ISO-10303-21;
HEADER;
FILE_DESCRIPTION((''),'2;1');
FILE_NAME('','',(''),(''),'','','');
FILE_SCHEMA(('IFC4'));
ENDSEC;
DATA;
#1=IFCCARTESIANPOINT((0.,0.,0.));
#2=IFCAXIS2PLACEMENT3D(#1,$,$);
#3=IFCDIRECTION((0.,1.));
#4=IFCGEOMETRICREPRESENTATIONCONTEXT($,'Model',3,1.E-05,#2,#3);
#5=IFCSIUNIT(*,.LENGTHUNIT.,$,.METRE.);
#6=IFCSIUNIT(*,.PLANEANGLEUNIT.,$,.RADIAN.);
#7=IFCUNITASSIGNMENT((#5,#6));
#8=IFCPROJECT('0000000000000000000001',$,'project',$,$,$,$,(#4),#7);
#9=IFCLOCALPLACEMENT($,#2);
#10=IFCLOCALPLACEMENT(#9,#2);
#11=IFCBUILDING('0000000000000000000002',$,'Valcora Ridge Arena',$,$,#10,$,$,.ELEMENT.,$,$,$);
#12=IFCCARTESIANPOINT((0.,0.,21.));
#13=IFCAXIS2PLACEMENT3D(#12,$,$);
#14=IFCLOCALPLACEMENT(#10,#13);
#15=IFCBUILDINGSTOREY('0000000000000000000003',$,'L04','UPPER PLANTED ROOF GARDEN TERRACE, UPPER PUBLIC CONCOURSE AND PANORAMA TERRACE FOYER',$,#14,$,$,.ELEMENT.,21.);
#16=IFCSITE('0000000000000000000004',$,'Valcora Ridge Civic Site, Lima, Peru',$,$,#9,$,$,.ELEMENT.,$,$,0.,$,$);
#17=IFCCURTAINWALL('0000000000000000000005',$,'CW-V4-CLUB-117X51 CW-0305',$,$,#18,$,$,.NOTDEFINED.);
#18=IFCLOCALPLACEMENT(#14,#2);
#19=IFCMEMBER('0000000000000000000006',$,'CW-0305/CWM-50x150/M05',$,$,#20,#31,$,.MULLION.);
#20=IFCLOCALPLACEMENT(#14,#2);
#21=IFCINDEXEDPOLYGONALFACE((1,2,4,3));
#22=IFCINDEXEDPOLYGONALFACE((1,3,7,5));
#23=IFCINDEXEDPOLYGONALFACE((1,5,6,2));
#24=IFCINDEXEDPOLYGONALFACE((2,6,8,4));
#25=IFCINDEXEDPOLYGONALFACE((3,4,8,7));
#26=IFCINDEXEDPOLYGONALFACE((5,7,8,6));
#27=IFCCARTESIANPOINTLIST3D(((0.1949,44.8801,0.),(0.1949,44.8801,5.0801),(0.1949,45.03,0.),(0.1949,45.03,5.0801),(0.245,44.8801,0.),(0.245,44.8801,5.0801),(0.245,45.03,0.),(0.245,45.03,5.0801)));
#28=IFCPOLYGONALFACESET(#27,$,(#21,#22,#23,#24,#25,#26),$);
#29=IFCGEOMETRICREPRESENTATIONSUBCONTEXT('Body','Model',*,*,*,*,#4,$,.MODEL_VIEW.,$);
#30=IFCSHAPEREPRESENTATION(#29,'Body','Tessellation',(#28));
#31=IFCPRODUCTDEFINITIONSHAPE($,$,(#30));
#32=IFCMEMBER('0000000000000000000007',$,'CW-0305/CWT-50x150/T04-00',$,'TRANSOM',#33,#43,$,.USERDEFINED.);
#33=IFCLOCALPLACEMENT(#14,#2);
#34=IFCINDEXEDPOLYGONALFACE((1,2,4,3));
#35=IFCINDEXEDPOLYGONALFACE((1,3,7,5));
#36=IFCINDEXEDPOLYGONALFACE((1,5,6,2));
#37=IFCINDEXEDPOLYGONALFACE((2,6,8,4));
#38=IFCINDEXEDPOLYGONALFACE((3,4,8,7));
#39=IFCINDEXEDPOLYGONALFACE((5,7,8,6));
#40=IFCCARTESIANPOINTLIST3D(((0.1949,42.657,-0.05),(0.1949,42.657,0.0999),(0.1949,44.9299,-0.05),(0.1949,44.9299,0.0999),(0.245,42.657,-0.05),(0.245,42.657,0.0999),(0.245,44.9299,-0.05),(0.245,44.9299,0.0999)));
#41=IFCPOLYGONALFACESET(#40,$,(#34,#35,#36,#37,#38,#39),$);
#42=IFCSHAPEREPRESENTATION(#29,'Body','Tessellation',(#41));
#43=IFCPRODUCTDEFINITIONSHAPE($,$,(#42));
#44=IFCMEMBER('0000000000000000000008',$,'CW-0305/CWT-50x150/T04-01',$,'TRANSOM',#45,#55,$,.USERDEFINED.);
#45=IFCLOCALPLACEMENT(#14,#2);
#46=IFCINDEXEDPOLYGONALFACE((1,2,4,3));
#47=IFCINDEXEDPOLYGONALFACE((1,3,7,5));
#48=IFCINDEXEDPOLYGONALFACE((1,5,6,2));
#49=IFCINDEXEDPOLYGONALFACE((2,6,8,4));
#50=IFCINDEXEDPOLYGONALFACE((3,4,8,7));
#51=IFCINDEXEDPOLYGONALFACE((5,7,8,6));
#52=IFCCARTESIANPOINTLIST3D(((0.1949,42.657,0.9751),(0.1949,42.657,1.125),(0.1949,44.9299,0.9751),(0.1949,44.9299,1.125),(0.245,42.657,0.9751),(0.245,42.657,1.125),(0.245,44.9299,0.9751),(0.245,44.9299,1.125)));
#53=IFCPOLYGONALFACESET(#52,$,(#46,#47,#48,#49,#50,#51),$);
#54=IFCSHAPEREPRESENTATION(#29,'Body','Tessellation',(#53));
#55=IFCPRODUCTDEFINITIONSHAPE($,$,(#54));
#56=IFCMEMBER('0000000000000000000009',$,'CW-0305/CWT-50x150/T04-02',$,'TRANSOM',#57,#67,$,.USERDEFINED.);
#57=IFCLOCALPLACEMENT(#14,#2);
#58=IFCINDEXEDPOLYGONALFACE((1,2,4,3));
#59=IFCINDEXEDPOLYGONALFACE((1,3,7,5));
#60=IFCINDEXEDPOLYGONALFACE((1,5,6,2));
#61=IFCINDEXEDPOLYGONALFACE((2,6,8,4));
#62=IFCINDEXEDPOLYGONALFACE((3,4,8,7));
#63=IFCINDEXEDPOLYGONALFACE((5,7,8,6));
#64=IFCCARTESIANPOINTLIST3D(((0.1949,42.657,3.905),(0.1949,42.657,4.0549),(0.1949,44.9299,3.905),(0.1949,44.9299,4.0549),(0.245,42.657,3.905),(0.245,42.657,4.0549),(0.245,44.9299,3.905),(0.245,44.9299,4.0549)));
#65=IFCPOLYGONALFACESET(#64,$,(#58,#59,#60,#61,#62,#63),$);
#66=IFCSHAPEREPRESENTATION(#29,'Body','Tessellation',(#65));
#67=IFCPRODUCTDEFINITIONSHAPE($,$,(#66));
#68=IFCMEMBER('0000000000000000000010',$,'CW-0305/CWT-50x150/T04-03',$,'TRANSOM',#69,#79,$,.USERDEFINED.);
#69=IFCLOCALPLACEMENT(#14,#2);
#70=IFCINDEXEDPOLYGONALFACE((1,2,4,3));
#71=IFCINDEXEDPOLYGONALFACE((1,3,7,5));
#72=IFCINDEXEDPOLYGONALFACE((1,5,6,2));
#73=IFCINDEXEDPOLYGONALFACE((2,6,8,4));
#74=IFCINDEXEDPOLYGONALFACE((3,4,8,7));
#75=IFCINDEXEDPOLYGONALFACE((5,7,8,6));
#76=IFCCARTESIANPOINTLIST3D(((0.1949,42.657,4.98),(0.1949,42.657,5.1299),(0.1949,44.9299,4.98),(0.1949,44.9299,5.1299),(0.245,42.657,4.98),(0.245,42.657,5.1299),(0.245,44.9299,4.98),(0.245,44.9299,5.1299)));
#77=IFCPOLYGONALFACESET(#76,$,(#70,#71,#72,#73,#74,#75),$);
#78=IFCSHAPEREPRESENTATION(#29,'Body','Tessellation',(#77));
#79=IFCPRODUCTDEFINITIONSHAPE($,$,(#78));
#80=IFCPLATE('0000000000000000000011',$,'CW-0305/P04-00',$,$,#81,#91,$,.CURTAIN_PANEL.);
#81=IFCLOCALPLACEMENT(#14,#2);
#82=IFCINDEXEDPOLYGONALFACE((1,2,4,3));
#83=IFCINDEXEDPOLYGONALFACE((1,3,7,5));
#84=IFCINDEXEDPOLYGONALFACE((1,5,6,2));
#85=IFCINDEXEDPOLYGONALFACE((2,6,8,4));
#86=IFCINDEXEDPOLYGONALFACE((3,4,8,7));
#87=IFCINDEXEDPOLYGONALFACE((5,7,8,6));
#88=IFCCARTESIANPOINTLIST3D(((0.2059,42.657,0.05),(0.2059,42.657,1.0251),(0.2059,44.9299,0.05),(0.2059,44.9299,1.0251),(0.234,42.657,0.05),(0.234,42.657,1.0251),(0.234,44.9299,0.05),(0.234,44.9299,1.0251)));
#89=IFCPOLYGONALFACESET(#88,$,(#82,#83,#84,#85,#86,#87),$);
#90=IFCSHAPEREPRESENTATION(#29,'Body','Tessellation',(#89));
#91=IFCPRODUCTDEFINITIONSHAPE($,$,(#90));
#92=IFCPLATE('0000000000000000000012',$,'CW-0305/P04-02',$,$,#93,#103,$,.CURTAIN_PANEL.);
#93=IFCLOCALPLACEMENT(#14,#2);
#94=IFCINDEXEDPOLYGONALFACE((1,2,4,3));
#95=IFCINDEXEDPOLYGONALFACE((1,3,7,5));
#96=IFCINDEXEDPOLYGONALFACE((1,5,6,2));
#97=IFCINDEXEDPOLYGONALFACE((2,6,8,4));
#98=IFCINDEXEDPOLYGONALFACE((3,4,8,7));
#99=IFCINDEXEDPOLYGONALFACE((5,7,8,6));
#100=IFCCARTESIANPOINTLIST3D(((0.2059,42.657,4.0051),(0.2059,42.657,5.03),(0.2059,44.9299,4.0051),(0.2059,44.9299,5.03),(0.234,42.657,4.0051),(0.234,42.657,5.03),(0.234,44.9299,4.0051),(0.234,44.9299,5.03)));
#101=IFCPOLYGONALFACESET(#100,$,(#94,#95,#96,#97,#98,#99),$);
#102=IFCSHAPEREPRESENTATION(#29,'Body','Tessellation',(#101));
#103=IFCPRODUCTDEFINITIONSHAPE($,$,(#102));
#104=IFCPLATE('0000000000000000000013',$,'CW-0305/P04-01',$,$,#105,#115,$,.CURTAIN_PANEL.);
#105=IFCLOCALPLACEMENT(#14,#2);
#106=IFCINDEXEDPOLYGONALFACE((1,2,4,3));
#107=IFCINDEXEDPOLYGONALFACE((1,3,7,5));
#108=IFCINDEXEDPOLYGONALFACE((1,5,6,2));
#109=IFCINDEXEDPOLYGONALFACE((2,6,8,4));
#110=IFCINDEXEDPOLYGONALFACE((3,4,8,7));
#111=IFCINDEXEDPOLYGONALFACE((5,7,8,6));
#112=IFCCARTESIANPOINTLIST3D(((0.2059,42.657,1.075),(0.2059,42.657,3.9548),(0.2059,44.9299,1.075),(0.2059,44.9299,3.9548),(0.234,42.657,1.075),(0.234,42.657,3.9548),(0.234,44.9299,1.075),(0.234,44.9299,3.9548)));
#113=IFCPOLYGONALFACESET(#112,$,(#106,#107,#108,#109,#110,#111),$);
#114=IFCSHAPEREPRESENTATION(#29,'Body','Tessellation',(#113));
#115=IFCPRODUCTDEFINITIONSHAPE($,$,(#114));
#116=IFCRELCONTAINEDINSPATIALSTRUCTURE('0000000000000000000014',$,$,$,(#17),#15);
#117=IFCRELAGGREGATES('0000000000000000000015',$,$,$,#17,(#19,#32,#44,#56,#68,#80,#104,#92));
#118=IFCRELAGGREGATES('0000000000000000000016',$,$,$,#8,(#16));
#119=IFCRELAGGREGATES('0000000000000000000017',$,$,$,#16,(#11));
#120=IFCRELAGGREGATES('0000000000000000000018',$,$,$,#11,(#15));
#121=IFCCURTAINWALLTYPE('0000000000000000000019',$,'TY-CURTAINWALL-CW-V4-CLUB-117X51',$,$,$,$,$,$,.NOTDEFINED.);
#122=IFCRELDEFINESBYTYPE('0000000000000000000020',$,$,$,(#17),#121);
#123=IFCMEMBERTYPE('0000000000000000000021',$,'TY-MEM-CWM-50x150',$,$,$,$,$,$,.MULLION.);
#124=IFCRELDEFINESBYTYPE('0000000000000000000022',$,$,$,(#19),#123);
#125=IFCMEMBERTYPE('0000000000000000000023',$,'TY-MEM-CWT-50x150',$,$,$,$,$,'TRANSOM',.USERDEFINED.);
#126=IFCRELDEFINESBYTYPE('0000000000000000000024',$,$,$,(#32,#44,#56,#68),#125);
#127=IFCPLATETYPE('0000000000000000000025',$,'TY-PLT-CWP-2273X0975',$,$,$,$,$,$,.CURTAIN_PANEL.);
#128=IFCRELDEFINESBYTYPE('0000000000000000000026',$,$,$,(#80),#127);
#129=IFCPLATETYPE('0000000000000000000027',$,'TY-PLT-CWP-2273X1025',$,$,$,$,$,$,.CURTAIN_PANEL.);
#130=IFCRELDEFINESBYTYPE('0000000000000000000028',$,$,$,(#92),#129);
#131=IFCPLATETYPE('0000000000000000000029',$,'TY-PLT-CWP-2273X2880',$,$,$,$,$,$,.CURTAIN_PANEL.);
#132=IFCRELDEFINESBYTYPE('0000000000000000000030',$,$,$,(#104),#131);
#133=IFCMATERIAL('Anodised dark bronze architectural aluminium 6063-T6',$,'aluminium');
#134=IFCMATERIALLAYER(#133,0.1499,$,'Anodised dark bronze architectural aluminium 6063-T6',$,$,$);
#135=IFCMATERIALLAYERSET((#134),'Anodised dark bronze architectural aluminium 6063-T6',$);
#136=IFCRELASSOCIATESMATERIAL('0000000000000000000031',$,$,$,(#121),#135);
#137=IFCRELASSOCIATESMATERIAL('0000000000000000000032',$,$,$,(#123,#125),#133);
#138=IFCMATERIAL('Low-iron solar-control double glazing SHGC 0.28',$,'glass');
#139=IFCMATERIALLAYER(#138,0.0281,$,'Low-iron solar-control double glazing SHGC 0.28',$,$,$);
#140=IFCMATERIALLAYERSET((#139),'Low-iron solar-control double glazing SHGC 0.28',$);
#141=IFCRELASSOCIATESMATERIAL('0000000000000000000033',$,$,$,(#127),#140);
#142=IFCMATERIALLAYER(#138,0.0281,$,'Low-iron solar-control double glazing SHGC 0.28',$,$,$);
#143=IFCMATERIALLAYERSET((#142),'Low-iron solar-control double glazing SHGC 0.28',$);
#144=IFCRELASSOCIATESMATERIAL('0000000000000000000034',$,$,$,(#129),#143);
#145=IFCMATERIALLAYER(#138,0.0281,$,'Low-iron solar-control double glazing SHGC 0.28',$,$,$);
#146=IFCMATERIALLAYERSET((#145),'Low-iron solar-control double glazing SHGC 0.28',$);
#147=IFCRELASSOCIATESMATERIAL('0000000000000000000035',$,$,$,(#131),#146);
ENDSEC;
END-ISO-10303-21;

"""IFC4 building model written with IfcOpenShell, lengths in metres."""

from ifc_helpers import new_model, si_unit, direction, frame, origin, origin_2d, place, context, subcontext, project, spatial, rectangle, extrude, material, layer, layer_set, material_profile, profile_set, type_object, element, aggregate, save


model = new_model("IFC4")

# Units and contexts
model_context = context("Model", 3, precision=1e-05, world=origin(), true_north=direction((0.0, 1.0)))
body_context = subcontext(model_context, "Body", "Model", "MODEL_VIEW")
ifc_project = project(units=[si_unit("LENGTHUNIT", "METRE"), si_unit("PLANEANGLEUNIT", "RADIAN")], contexts=[model_context])

# Site, building, storey
site_placement = place(None, origin())
site = spatial("IfcSite", under=ifc_project, at=site_placement, Name="Valcora Ridge Civic Site, Lima, Peru", CompositionType="ELEMENT", RefElevation=0.0)
building_placement = place(site_placement, origin())
building = spatial("IfcBuilding", under=site, at=building_placement, Name="Valcora Ridge Arena", CompositionType="ELEMENT")
storey_placement = place(building_placement, frame((0.0, 0.0, 21.0)))
storey = spatial("IfcBuildingStorey", under=building, at=storey_placement, Name="L04", Description="UPPER PLANTED ROOF GARDEN TERRACE, UPPER PUBLIC CONCOURSE AND PANORAMA TERRACE FOYER", CompositionType="ELEMENT", Elevation=21.0)

# Curtain wall, members, plates
ifc_material_1 = material(Name="Anodised dark bronze architectural aluminium 6063-T6", Category="aluminium")
ifc_layer_1 = layer(ifc_material_1, 0.1499, Name="Anodised dark bronze architectural aluminium 6063-T6")
ifc_layer_set_1 = layer_set([ifc_layer_1], Name="Anodised dark bronze architectural aluminium 6063-T6")
curtain_wall_type = type_object("IfcCurtainWallType", Name="TY-CURTAINWALL-CW-V4-CLUB-117X51", PredefinedType="NOTDEFINED", material=ifc_layer_set_1)
curtain_wall_placement = place(storey_placement, origin())
curtain_wall = element("IfcCurtainWall", 1, at=curtain_wall_placement, inside=storey, type_object=curtain_wall_type, Name="CW-V4-CLUB-117X51 CW-0305", PredefinedType="NOTDEFINED")
ifc_material_profile_1 = material_profile(ifc_material_1, rectangle(XDim=0.05, YDim=0.1499, at=origin_2d()), Name="ALU MULLION 50x150")
ifc_profile_set_1 = profile_set([ifc_material_profile_1], Name="Anodised dark bronze architectural aluminium 6063-T6")
member_type_1 = type_object("IfcMemberType", Name="TY-MEM-CWM-50x150", PredefinedType="MULLION", material=ifc_profile_set_1)
member_1_placement = place(storey_placement, frame((0.22, 44.9551, 0.0), z_axis=(0.0, 0.0, 1.0), x_axis=(-1.0, 0.0, 0.0)))
member_1 = element("IfcMember", 2, at=member_1_placement, type_object=member_type_1, Name="CW-0305/CWM-50x150/M05", PredefinedType="MULLION", context=body_context, shape_type="SweptSolid", body=[
    extrude(rectangle(XDim=0.05, YDim=0.1499, at=origin_2d()), origin(), (0.0, 0.0, 1.0), 5.0801),
])
ifc_material_profile_2 = material_profile(ifc_material_1, rectangle(XDim=0.05, YDim=0.1499, at=origin_2d()), Name="ALU TRANSOM 50x150")
ifc_profile_set_2 = profile_set([ifc_material_profile_2], Name="Anodised dark bronze architectural aluminium 6063-T6")
member_type_2 = type_object("IfcMemberType", Name="TY-MEM-CWT-50x150", ElementType="TRANSOM", PredefinedType="USERDEFINED", material=ifc_profile_set_2)
member_2_placement = place(storey_placement, frame((0.22, 42.657, 0.0249), z_axis=(0.0, 1.0, 0.0), x_axis=(-1.0, 0.0, 0.0)))
member_2 = element("IfcMember", 3, at=member_2_placement, type_object=member_type_2, Name="CW-0305/CWT-50x150/T04-00", ObjectType="TRANSOM", PredefinedType="USERDEFINED", context=body_context, shape_type="SweptSolid", body=[
    extrude(rectangle(XDim=0.05, YDim=0.1499, at=origin_2d()), origin(), (0.0, 0.0, 1.0), 2.2729),
])
member_3_placement = place(storey_placement, frame((0.22, 42.657, 1.05), z_axis=(0.0, 1.0, 0.0), x_axis=(-1.0, 0.0, 0.0)))
member_3 = element("IfcMember", 4, at=member_3_placement, type_object=member_type_2, Name="CW-0305/CWT-50x150/T04-01", ObjectType="TRANSOM", PredefinedType="USERDEFINED", context=body_context, shape_type="SweptSolid", body=[
    extrude(rectangle(XDim=0.05, YDim=0.1499, at=origin_2d()), origin(), (0.0, 0.0, 1.0), 2.2729),
])
member_4_placement = place(storey_placement, frame((0.22, 42.657, 3.98), z_axis=(0.0, 1.0, 0.0), x_axis=(-1.0, 0.0, 0.0)))
member_4 = element("IfcMember", 5, at=member_4_placement, type_object=member_type_2, Name="CW-0305/CWT-50x150/T04-02", ObjectType="TRANSOM", PredefinedType="USERDEFINED", context=body_context, shape_type="SweptSolid", body=[
    extrude(rectangle(XDim=0.05, YDim=0.1499, at=origin_2d()), origin(), (0.0, 0.0, 1.0), 2.2729),
])
member_5_placement = place(storey_placement, frame((0.22, 42.657, 5.0549), z_axis=(0.0, 1.0, 0.0), x_axis=(-1.0, 0.0, 0.0)))
member_5 = element("IfcMember", 6, at=member_5_placement, type_object=member_type_2, Name="CW-0305/CWT-50x150/T04-03", ObjectType="TRANSOM", PredefinedType="USERDEFINED", context=body_context, shape_type="SweptSolid", body=[
    extrude(rectangle(XDim=0.05, YDim=0.1499, at=origin_2d()), origin(), (0.0, 0.0, 1.0), 2.2729),
])
ifc_material_2 = material(Name="Low-iron solar-control double glazing SHGC 0.28", Category="glass")
ifc_layer_2 = layer(ifc_material_2, 0.0281, Name="Low-iron solar-control double glazing SHGC 0.28")
ifc_layer_set_2 = layer_set([ifc_layer_2], Name="Low-iron solar-control double glazing SHGC 0.28")
plate_type_1 = type_object("IfcPlateType", Name="TY-PLT-CWP-2273X0975", PredefinedType="CURTAIN_PANEL", material=ifc_layer_set_2)
plate_1_placement = place(storey_placement, frame((0.22, 43.7935, 0.05), z_axis=(0.0, 0.0, 1.0), x_axis=(0.0, 1.0, 0.0)))
plate_1 = element("IfcPlate", 7, at=plate_1_placement, type_object=plate_type_1, Name="CW-0305/P04-00", PredefinedType="CURTAIN_PANEL", context=body_context, shape_type="SweptSolid", body=[
    extrude(rectangle(XDim=2.2729, YDim=0.0281, at=origin_2d()), origin(), (0.0, 0.0, 1.0), 0.9751),
])
ifc_layer_3 = layer(ifc_material_2, 0.0281, Name="Low-iron solar-control double glazing SHGC 0.28")
ifc_layer_set_3 = layer_set([ifc_layer_3], Name="Low-iron solar-control double glazing SHGC 0.28")
plate_type_2 = type_object("IfcPlateType", Name="TY-PLT-CWP-2273X1025", PredefinedType="CURTAIN_PANEL", material=ifc_layer_set_3)
plate_2_placement = place(storey_placement, frame((0.22, 43.7935, 4.0051), z_axis=(0.0, 0.0, 1.0), x_axis=(0.0, 1.0, 0.0)))
plate_2 = element("IfcPlate", 8, at=plate_2_placement, type_object=plate_type_2, Name="CW-0305/P04-02", PredefinedType="CURTAIN_PANEL", context=body_context, shape_type="SweptSolid", body=[
    extrude(rectangle(XDim=2.2729, YDim=0.0281, at=origin_2d()), origin(), (0.0, 0.0, 1.0), 1.0249),
])
ifc_layer_4 = layer(ifc_material_2, 0.0281, Name="Low-iron solar-control double glazing SHGC 0.28")
ifc_layer_set_4 = layer_set([ifc_layer_4], Name="Low-iron solar-control double glazing SHGC 0.28")
plate_type_3 = type_object("IfcPlateType", Name="TY-PLT-CWP-2273X2880", PredefinedType="CURTAIN_PANEL", material=ifc_layer_set_4)
plate_3_placement = place(storey_placement, frame((0.22, 43.7935, 1.075), z_axis=(0.0, 0.0, 1.0), x_axis=(0.0, 1.0, 0.0)))
plate_3 = element("IfcPlate", 9, at=plate_3_placement, type_object=plate_type_3, Name="CW-0305/P04-01", PredefinedType="CURTAIN_PANEL", context=body_context, shape_type="SweptSolid", body=[
    extrude(rectangle(XDim=2.2729, YDim=0.0281, at=origin_2d()), origin(), (0.0, 0.0, 1.0), 2.8799),
])
aggregate(curtain_wall, [member_1, member_2, member_3, member_4, member_5, plate_1, plate_3, plate_2])

save(model, "model.ifc")
